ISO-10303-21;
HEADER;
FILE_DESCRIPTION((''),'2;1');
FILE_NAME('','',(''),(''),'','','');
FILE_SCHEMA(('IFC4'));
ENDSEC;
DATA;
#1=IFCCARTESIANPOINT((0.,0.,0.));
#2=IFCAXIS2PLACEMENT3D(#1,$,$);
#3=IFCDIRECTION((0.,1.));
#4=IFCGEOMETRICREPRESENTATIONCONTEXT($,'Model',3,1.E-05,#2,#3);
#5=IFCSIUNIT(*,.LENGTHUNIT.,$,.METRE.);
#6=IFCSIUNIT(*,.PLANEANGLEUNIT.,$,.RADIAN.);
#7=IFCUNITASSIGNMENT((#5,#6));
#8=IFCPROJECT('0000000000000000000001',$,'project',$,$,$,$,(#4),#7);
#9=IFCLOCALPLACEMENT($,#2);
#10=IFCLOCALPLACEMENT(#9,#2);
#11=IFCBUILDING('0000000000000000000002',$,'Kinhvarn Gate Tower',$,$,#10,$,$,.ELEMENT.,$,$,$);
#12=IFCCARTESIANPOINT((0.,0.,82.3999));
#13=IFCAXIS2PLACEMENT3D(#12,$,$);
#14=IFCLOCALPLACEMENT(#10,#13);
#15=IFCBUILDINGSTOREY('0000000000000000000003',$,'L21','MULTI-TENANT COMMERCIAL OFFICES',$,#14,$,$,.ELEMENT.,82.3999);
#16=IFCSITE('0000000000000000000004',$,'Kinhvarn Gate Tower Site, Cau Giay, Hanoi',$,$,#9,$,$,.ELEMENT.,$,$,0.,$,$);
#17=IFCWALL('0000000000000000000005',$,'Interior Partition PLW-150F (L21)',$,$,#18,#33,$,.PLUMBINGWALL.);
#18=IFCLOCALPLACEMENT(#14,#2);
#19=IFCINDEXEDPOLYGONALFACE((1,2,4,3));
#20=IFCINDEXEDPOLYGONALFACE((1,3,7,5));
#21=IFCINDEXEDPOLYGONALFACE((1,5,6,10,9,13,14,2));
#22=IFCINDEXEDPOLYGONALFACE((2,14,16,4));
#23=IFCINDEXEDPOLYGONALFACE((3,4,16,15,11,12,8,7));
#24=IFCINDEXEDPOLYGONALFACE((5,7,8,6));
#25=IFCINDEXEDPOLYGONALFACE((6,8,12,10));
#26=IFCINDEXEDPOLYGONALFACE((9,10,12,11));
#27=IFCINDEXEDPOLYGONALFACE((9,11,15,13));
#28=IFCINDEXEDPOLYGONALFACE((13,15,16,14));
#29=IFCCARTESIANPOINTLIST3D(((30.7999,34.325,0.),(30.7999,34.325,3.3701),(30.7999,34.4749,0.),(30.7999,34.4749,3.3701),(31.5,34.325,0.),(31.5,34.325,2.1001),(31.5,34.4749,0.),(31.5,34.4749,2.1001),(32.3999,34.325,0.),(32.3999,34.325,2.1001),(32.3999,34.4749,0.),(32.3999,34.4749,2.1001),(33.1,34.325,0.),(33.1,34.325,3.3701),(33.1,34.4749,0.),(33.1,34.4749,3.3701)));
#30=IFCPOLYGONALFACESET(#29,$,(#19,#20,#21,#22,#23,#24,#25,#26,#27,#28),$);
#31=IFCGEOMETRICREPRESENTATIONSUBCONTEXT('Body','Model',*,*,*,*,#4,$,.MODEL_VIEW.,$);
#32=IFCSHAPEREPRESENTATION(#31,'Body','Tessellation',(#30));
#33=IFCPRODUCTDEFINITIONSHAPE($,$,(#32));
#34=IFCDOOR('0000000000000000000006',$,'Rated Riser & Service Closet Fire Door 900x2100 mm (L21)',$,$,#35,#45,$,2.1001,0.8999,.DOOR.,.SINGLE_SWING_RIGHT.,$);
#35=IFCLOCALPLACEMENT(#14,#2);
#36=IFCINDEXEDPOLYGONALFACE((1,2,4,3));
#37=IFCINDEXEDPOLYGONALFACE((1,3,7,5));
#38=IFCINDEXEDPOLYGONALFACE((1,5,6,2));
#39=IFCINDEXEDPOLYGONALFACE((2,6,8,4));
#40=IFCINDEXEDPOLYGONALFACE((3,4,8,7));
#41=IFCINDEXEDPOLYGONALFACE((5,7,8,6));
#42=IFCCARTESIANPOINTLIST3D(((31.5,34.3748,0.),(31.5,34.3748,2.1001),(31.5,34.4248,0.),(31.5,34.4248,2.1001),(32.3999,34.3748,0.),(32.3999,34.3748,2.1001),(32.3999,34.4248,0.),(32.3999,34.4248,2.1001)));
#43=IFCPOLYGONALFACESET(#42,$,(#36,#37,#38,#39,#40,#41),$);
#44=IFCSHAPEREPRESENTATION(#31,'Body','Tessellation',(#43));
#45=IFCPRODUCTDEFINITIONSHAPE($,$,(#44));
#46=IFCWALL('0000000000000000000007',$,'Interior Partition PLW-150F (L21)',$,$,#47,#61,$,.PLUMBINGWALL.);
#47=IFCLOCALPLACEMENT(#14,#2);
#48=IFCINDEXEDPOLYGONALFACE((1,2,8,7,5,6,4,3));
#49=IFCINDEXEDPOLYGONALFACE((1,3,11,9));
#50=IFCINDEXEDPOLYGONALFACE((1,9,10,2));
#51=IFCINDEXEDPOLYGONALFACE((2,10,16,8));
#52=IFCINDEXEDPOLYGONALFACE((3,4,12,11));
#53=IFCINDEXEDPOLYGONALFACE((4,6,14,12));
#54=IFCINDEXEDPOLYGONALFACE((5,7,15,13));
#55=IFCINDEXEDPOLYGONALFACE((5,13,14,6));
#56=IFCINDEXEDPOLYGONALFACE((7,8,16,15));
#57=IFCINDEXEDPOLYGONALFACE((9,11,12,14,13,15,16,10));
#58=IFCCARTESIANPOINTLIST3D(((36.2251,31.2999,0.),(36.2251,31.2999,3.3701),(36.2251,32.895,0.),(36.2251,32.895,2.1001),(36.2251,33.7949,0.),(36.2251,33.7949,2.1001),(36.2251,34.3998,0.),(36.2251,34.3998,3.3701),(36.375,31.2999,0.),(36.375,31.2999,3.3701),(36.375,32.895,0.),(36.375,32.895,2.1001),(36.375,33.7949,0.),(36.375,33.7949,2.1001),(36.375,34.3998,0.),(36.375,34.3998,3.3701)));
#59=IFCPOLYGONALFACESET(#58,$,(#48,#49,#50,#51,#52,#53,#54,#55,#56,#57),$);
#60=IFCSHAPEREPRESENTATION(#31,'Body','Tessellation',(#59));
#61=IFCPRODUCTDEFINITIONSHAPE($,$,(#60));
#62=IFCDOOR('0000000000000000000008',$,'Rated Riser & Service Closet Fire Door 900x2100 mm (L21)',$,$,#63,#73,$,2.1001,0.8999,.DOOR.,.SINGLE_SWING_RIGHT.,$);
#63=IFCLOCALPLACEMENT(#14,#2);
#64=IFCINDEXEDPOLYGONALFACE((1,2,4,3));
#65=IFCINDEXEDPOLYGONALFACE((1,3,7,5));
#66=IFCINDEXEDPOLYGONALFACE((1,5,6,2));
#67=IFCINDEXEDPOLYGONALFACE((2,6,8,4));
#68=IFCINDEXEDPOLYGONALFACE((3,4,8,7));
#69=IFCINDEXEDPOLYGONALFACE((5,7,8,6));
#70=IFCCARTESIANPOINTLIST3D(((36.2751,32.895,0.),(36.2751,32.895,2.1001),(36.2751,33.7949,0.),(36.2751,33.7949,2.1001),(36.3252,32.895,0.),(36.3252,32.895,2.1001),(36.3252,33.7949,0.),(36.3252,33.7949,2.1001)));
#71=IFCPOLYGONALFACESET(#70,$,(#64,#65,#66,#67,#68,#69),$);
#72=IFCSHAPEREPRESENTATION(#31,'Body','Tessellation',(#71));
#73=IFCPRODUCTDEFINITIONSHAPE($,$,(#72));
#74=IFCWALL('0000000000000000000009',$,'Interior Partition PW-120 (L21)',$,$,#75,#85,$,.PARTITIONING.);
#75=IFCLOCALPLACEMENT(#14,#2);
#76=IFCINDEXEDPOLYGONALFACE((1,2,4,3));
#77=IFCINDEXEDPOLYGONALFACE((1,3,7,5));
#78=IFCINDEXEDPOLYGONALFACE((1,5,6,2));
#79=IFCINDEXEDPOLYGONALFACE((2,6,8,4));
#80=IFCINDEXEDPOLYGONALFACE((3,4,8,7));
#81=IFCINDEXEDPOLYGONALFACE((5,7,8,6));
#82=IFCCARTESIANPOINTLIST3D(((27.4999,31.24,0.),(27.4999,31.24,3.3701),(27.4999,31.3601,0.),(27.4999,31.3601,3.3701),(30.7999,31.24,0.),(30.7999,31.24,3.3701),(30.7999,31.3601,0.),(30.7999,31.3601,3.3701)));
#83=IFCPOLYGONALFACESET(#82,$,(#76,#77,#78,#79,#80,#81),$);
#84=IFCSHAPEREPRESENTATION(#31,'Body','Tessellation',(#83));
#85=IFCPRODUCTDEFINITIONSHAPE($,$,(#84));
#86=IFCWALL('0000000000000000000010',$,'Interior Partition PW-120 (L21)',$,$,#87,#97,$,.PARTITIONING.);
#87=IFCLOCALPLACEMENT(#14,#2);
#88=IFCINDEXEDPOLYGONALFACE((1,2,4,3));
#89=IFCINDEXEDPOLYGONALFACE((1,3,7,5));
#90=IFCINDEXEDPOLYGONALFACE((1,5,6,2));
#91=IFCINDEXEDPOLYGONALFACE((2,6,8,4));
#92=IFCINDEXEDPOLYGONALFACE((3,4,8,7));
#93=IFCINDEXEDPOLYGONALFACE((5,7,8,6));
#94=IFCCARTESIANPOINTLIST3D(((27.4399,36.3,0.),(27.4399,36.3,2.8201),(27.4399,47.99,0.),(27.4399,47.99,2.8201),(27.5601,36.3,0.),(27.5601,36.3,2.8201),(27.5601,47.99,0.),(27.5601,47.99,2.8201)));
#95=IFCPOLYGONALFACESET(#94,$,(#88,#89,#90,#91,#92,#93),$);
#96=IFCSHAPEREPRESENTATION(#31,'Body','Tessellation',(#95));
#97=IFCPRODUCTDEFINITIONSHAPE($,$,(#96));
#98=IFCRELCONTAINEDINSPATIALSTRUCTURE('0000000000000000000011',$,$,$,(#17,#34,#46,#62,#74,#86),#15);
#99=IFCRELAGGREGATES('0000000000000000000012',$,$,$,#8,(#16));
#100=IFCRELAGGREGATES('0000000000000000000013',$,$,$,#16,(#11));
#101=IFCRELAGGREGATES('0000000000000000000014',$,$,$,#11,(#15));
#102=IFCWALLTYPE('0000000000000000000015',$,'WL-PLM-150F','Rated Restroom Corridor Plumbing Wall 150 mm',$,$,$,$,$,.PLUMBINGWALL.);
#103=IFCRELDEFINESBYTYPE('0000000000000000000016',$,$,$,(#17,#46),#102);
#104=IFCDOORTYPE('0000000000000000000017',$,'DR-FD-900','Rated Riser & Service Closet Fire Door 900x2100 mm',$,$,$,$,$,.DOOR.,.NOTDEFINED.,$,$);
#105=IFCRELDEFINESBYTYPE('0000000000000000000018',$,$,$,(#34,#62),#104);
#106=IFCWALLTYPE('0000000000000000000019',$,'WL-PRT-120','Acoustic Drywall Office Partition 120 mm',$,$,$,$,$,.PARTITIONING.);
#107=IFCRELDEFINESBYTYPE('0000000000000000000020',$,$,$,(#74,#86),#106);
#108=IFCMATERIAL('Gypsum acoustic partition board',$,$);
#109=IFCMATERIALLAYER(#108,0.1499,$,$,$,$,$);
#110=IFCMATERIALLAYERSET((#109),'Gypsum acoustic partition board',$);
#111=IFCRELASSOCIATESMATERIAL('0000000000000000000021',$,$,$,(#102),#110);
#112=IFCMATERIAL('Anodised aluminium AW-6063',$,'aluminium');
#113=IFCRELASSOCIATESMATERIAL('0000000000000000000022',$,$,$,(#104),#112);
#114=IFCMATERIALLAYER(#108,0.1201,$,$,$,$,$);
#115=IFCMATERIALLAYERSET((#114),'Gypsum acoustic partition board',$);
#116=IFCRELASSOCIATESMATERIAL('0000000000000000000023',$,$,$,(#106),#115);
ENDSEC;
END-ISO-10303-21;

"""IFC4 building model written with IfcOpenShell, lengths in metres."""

from ifc_helpers import new_model, si_unit, direction, frame, frame_2d, origin, place, context, subcontext, project, spatial, rectangle, extrude, material, layer, layer_set, type_object, element, fill, save


model = new_model("IFC4")

# Units and contexts
model_context = context("Model", 3, precision=1e-05, world=origin(), true_north=direction((0.0, 1.0)))
body_context = subcontext(model_context, "Body", "Model", "MODEL_VIEW")
ifc_project = project(units=[si_unit("LENGTHUNIT", "METRE"), si_unit("PLANEANGLEUNIT", "RADIAN")], contexts=[model_context])

# Site, building, storey
site_placement = place(None, origin())
site = spatial("IfcSite", under=ifc_project, at=site_placement, Name="Kinhvarn Gate Tower Site, Cau Giay, Hanoi", CompositionType="ELEMENT", RefElevation=0.0)
building_placement = place(site_placement, origin())
building = spatial("IfcBuilding", under=site, at=building_placement, Name="Kinhvarn Gate Tower", CompositionType="ELEMENT")
storey_placement = place(building_placement, frame((0.0, 0.0, 82.3999)))
storey = spatial("IfcBuildingStorey", under=building, at=storey_placement, Name="L21", Description="MULTI-TENANT COMMERCIAL OFFICES", CompositionType="ELEMENT", Elevation=82.3999)

# Shared definitions
ifc_material_1 = material(Name="Gypsum acoustic partition board")
ifc_layer_1 = layer(ifc_material_1, 0.1499)
ifc_layer_set_1 = layer_set([ifc_layer_1], Name="Gypsum acoustic partition board")
wall_type_1 = type_object("IfcWallType", Name="WL-PLM-150F", Description="Rated Restroom Corridor Plumbing Wall 150 mm", PredefinedType="PLUMBINGWALL", material=ifc_layer_set_1)

# Walls, openings, doors
wall_1_placement = place(storey_placement, frame((30.8, 34.3999, 0.0), z_axis=(0.0, 0.0, 1.0), x_axis=(1.0, 0.0, 0.0)))
wall_1 = element("IfcWall", 1, at=wall_1_placement, inside=storey, type_object=wall_type_1, Name="Interior Partition PLW-150F (L21)", PredefinedType="PLUMBINGWALL", context=body_context, shape_type="SweptSolid", body=[
    extrude(rectangle(XDim=2.3, YDim=0.1499, at=frame_2d((1.1499, 0.0))), origin(), (0.0, 0.0, 1.0), 3.3701),
])
opening_1_placement = place(wall_1_placement, frame((0.7, 0.0, 0.0)))
opening_1 = element("IfcOpeningElement", 2, at=opening_1_placement, cuts=wall_1, PredefinedType="OPENING", context=body_context, shape_type="SweptSolid", body=[
    extrude(rectangle(XDim=0.8999, YDim=2.1001, at=frame_2d((0.45, 1.05))), frame((0.0, 0.085, 0.0), z_axis=(0.0, -1.0, 0.0), x_axis=(1.0, 0.0, 0.0)), (0.0, 0.0, 1.0), 0.1699),
])
ifc_material_2 = material(Name="Anodised aluminium AW-6063", Category="aluminium")
door_type_1 = type_object("IfcDoorType", Name="DR-FD-900", Description="Rated Riser & Service Closet Fire Door 900x2100 mm", OperationType="NOTDEFINED", PredefinedType="DOOR", material=ifc_material_2)
door_1_placement = place(opening_1_placement, origin())
door_1 = element("IfcDoor", 3, at=door_1_placement, inside=storey, type_object=door_type_1, Name="Rated Riser & Service Closet Fire Door 900x2100 mm (L21)", OperationType="SINGLE_SWING_RIGHT", OverallHeight=2.1001, OverallWidth=0.8999, PredefinedType="DOOR", context=body_context, shape_type="SweptSolid", body=[
    extrude(rectangle(XDim=0.8999, YDim=2.1001, at=frame_2d((0.45, 1.05))), frame((0.0, 0.0249, 0.0), z_axis=(0.0, -1.0, 0.0), x_axis=(1.0, 0.0, 0.0)), (0.0, 0.0, 1.0), 0.05),
])
fill(opening_1, door_1)
wall_2_placement = place(storey_placement, frame((36.3, 31.3, 0.0), z_axis=(0.0, 0.0, 1.0), x_axis=(0.0, 1.0, 0.0)))
wall_2 = element("IfcWall", 4, at=wall_2_placement, inside=storey, type_object=wall_type_1, Name="Interior Partition PLW-150F (L21)", PredefinedType="PLUMBINGWALL", context=body_context, shape_type="SweptSolid", body=[
    extrude(rectangle(XDim=3.0999, YDim=0.1499, at=frame_2d((1.5498, 0.0))), origin(), (0.0, 0.0, 1.0), 3.3701),
])
opening_2_placement = place(wall_2_placement, frame((1.595, 0.0, 0.0)))
opening_2 = element("IfcOpeningElement", 5, at=opening_2_placement, cuts=wall_2, PredefinedType="OPENING", context=body_context, shape_type="SweptSolid", body=[
    extrude(rectangle(XDim=0.8999, YDim=2.1001, at=frame_2d((0.45, 1.05))), frame((0.0, 0.085, 0.0), z_axis=(0.0, -1.0, 0.0), x_axis=(1.0, 0.0, 0.0)), (0.0, 0.0, 1.0), 0.1699),
])
door_2_placement = place(opening_2_placement, origin())
door_2 = element("IfcDoor", 6, at=door_2_placement, inside=storey, type_object=door_type_1, Name="Rated Riser & Service Closet Fire Door 900x2100 mm (L21)", OperationType="SINGLE_SWING_RIGHT", OverallHeight=2.1001, OverallWidth=0.8999, PredefinedType="DOOR", context=body_context, shape_type="SweptSolid", body=[
    extrude(rectangle(XDim=0.8999, YDim=2.1001, at=frame_2d((0.45, 1.05))), frame((0.0, 0.0249, 0.0), z_axis=(0.0, -1.0, 0.0), x_axis=(1.0, 0.0, 0.0)), (0.0, 0.0, 1.0), 0.05),
])
fill(opening_2, door_2)

# Walls
ifc_layer_2 = layer(ifc_material_1, 0.1201)
ifc_layer_set_2 = layer_set([ifc_layer_2], Name="Gypsum acoustic partition board")
wall_type_2 = type_object("IfcWallType", Name="WL-PRT-120", Description="Acoustic Drywall Office Partition 120 mm", PredefinedType="PARTITIONING", material=ifc_layer_set_2)
wall_3_placement = place(storey_placement, frame((27.5, 31.3, 0.0), z_axis=(0.0, 0.0, 1.0), x_axis=(1.0, 0.0, 0.0)))
element("IfcWall", 7, at=wall_3_placement, inside=storey, type_object=wall_type_2, Name="Interior Partition PW-120 (L21)", PredefinedType="PARTITIONING", context=body_context, shape_type="SweptSolid", body=[
    extrude(rectangle(XDim=3.3, YDim=0.1201, at=frame_2d((1.6499, 0.0))), origin(), (0.0, 0.0, 1.0), 3.3701),
])
wall_4_placement = place(storey_placement, frame((27.5, 36.3, 0.0), z_axis=(0.0, 0.0, 1.0), x_axis=(0.0, 1.0, 0.0)))
element("IfcWall", 8, at=wall_4_placement, inside=storey, type_object=wall_type_2, Name="Interior Partition PW-120 (L21)", PredefinedType="PARTITIONING", context=body_context, shape_type="SweptSolid", body=[
    extrude(rectangle(XDim=11.6899, YDim=0.1201, at=frame_2d((5.845, 0.0))), origin(), (0.0, 0.0, 1.0), 2.8201),
])

save(model, "model.ifc")
